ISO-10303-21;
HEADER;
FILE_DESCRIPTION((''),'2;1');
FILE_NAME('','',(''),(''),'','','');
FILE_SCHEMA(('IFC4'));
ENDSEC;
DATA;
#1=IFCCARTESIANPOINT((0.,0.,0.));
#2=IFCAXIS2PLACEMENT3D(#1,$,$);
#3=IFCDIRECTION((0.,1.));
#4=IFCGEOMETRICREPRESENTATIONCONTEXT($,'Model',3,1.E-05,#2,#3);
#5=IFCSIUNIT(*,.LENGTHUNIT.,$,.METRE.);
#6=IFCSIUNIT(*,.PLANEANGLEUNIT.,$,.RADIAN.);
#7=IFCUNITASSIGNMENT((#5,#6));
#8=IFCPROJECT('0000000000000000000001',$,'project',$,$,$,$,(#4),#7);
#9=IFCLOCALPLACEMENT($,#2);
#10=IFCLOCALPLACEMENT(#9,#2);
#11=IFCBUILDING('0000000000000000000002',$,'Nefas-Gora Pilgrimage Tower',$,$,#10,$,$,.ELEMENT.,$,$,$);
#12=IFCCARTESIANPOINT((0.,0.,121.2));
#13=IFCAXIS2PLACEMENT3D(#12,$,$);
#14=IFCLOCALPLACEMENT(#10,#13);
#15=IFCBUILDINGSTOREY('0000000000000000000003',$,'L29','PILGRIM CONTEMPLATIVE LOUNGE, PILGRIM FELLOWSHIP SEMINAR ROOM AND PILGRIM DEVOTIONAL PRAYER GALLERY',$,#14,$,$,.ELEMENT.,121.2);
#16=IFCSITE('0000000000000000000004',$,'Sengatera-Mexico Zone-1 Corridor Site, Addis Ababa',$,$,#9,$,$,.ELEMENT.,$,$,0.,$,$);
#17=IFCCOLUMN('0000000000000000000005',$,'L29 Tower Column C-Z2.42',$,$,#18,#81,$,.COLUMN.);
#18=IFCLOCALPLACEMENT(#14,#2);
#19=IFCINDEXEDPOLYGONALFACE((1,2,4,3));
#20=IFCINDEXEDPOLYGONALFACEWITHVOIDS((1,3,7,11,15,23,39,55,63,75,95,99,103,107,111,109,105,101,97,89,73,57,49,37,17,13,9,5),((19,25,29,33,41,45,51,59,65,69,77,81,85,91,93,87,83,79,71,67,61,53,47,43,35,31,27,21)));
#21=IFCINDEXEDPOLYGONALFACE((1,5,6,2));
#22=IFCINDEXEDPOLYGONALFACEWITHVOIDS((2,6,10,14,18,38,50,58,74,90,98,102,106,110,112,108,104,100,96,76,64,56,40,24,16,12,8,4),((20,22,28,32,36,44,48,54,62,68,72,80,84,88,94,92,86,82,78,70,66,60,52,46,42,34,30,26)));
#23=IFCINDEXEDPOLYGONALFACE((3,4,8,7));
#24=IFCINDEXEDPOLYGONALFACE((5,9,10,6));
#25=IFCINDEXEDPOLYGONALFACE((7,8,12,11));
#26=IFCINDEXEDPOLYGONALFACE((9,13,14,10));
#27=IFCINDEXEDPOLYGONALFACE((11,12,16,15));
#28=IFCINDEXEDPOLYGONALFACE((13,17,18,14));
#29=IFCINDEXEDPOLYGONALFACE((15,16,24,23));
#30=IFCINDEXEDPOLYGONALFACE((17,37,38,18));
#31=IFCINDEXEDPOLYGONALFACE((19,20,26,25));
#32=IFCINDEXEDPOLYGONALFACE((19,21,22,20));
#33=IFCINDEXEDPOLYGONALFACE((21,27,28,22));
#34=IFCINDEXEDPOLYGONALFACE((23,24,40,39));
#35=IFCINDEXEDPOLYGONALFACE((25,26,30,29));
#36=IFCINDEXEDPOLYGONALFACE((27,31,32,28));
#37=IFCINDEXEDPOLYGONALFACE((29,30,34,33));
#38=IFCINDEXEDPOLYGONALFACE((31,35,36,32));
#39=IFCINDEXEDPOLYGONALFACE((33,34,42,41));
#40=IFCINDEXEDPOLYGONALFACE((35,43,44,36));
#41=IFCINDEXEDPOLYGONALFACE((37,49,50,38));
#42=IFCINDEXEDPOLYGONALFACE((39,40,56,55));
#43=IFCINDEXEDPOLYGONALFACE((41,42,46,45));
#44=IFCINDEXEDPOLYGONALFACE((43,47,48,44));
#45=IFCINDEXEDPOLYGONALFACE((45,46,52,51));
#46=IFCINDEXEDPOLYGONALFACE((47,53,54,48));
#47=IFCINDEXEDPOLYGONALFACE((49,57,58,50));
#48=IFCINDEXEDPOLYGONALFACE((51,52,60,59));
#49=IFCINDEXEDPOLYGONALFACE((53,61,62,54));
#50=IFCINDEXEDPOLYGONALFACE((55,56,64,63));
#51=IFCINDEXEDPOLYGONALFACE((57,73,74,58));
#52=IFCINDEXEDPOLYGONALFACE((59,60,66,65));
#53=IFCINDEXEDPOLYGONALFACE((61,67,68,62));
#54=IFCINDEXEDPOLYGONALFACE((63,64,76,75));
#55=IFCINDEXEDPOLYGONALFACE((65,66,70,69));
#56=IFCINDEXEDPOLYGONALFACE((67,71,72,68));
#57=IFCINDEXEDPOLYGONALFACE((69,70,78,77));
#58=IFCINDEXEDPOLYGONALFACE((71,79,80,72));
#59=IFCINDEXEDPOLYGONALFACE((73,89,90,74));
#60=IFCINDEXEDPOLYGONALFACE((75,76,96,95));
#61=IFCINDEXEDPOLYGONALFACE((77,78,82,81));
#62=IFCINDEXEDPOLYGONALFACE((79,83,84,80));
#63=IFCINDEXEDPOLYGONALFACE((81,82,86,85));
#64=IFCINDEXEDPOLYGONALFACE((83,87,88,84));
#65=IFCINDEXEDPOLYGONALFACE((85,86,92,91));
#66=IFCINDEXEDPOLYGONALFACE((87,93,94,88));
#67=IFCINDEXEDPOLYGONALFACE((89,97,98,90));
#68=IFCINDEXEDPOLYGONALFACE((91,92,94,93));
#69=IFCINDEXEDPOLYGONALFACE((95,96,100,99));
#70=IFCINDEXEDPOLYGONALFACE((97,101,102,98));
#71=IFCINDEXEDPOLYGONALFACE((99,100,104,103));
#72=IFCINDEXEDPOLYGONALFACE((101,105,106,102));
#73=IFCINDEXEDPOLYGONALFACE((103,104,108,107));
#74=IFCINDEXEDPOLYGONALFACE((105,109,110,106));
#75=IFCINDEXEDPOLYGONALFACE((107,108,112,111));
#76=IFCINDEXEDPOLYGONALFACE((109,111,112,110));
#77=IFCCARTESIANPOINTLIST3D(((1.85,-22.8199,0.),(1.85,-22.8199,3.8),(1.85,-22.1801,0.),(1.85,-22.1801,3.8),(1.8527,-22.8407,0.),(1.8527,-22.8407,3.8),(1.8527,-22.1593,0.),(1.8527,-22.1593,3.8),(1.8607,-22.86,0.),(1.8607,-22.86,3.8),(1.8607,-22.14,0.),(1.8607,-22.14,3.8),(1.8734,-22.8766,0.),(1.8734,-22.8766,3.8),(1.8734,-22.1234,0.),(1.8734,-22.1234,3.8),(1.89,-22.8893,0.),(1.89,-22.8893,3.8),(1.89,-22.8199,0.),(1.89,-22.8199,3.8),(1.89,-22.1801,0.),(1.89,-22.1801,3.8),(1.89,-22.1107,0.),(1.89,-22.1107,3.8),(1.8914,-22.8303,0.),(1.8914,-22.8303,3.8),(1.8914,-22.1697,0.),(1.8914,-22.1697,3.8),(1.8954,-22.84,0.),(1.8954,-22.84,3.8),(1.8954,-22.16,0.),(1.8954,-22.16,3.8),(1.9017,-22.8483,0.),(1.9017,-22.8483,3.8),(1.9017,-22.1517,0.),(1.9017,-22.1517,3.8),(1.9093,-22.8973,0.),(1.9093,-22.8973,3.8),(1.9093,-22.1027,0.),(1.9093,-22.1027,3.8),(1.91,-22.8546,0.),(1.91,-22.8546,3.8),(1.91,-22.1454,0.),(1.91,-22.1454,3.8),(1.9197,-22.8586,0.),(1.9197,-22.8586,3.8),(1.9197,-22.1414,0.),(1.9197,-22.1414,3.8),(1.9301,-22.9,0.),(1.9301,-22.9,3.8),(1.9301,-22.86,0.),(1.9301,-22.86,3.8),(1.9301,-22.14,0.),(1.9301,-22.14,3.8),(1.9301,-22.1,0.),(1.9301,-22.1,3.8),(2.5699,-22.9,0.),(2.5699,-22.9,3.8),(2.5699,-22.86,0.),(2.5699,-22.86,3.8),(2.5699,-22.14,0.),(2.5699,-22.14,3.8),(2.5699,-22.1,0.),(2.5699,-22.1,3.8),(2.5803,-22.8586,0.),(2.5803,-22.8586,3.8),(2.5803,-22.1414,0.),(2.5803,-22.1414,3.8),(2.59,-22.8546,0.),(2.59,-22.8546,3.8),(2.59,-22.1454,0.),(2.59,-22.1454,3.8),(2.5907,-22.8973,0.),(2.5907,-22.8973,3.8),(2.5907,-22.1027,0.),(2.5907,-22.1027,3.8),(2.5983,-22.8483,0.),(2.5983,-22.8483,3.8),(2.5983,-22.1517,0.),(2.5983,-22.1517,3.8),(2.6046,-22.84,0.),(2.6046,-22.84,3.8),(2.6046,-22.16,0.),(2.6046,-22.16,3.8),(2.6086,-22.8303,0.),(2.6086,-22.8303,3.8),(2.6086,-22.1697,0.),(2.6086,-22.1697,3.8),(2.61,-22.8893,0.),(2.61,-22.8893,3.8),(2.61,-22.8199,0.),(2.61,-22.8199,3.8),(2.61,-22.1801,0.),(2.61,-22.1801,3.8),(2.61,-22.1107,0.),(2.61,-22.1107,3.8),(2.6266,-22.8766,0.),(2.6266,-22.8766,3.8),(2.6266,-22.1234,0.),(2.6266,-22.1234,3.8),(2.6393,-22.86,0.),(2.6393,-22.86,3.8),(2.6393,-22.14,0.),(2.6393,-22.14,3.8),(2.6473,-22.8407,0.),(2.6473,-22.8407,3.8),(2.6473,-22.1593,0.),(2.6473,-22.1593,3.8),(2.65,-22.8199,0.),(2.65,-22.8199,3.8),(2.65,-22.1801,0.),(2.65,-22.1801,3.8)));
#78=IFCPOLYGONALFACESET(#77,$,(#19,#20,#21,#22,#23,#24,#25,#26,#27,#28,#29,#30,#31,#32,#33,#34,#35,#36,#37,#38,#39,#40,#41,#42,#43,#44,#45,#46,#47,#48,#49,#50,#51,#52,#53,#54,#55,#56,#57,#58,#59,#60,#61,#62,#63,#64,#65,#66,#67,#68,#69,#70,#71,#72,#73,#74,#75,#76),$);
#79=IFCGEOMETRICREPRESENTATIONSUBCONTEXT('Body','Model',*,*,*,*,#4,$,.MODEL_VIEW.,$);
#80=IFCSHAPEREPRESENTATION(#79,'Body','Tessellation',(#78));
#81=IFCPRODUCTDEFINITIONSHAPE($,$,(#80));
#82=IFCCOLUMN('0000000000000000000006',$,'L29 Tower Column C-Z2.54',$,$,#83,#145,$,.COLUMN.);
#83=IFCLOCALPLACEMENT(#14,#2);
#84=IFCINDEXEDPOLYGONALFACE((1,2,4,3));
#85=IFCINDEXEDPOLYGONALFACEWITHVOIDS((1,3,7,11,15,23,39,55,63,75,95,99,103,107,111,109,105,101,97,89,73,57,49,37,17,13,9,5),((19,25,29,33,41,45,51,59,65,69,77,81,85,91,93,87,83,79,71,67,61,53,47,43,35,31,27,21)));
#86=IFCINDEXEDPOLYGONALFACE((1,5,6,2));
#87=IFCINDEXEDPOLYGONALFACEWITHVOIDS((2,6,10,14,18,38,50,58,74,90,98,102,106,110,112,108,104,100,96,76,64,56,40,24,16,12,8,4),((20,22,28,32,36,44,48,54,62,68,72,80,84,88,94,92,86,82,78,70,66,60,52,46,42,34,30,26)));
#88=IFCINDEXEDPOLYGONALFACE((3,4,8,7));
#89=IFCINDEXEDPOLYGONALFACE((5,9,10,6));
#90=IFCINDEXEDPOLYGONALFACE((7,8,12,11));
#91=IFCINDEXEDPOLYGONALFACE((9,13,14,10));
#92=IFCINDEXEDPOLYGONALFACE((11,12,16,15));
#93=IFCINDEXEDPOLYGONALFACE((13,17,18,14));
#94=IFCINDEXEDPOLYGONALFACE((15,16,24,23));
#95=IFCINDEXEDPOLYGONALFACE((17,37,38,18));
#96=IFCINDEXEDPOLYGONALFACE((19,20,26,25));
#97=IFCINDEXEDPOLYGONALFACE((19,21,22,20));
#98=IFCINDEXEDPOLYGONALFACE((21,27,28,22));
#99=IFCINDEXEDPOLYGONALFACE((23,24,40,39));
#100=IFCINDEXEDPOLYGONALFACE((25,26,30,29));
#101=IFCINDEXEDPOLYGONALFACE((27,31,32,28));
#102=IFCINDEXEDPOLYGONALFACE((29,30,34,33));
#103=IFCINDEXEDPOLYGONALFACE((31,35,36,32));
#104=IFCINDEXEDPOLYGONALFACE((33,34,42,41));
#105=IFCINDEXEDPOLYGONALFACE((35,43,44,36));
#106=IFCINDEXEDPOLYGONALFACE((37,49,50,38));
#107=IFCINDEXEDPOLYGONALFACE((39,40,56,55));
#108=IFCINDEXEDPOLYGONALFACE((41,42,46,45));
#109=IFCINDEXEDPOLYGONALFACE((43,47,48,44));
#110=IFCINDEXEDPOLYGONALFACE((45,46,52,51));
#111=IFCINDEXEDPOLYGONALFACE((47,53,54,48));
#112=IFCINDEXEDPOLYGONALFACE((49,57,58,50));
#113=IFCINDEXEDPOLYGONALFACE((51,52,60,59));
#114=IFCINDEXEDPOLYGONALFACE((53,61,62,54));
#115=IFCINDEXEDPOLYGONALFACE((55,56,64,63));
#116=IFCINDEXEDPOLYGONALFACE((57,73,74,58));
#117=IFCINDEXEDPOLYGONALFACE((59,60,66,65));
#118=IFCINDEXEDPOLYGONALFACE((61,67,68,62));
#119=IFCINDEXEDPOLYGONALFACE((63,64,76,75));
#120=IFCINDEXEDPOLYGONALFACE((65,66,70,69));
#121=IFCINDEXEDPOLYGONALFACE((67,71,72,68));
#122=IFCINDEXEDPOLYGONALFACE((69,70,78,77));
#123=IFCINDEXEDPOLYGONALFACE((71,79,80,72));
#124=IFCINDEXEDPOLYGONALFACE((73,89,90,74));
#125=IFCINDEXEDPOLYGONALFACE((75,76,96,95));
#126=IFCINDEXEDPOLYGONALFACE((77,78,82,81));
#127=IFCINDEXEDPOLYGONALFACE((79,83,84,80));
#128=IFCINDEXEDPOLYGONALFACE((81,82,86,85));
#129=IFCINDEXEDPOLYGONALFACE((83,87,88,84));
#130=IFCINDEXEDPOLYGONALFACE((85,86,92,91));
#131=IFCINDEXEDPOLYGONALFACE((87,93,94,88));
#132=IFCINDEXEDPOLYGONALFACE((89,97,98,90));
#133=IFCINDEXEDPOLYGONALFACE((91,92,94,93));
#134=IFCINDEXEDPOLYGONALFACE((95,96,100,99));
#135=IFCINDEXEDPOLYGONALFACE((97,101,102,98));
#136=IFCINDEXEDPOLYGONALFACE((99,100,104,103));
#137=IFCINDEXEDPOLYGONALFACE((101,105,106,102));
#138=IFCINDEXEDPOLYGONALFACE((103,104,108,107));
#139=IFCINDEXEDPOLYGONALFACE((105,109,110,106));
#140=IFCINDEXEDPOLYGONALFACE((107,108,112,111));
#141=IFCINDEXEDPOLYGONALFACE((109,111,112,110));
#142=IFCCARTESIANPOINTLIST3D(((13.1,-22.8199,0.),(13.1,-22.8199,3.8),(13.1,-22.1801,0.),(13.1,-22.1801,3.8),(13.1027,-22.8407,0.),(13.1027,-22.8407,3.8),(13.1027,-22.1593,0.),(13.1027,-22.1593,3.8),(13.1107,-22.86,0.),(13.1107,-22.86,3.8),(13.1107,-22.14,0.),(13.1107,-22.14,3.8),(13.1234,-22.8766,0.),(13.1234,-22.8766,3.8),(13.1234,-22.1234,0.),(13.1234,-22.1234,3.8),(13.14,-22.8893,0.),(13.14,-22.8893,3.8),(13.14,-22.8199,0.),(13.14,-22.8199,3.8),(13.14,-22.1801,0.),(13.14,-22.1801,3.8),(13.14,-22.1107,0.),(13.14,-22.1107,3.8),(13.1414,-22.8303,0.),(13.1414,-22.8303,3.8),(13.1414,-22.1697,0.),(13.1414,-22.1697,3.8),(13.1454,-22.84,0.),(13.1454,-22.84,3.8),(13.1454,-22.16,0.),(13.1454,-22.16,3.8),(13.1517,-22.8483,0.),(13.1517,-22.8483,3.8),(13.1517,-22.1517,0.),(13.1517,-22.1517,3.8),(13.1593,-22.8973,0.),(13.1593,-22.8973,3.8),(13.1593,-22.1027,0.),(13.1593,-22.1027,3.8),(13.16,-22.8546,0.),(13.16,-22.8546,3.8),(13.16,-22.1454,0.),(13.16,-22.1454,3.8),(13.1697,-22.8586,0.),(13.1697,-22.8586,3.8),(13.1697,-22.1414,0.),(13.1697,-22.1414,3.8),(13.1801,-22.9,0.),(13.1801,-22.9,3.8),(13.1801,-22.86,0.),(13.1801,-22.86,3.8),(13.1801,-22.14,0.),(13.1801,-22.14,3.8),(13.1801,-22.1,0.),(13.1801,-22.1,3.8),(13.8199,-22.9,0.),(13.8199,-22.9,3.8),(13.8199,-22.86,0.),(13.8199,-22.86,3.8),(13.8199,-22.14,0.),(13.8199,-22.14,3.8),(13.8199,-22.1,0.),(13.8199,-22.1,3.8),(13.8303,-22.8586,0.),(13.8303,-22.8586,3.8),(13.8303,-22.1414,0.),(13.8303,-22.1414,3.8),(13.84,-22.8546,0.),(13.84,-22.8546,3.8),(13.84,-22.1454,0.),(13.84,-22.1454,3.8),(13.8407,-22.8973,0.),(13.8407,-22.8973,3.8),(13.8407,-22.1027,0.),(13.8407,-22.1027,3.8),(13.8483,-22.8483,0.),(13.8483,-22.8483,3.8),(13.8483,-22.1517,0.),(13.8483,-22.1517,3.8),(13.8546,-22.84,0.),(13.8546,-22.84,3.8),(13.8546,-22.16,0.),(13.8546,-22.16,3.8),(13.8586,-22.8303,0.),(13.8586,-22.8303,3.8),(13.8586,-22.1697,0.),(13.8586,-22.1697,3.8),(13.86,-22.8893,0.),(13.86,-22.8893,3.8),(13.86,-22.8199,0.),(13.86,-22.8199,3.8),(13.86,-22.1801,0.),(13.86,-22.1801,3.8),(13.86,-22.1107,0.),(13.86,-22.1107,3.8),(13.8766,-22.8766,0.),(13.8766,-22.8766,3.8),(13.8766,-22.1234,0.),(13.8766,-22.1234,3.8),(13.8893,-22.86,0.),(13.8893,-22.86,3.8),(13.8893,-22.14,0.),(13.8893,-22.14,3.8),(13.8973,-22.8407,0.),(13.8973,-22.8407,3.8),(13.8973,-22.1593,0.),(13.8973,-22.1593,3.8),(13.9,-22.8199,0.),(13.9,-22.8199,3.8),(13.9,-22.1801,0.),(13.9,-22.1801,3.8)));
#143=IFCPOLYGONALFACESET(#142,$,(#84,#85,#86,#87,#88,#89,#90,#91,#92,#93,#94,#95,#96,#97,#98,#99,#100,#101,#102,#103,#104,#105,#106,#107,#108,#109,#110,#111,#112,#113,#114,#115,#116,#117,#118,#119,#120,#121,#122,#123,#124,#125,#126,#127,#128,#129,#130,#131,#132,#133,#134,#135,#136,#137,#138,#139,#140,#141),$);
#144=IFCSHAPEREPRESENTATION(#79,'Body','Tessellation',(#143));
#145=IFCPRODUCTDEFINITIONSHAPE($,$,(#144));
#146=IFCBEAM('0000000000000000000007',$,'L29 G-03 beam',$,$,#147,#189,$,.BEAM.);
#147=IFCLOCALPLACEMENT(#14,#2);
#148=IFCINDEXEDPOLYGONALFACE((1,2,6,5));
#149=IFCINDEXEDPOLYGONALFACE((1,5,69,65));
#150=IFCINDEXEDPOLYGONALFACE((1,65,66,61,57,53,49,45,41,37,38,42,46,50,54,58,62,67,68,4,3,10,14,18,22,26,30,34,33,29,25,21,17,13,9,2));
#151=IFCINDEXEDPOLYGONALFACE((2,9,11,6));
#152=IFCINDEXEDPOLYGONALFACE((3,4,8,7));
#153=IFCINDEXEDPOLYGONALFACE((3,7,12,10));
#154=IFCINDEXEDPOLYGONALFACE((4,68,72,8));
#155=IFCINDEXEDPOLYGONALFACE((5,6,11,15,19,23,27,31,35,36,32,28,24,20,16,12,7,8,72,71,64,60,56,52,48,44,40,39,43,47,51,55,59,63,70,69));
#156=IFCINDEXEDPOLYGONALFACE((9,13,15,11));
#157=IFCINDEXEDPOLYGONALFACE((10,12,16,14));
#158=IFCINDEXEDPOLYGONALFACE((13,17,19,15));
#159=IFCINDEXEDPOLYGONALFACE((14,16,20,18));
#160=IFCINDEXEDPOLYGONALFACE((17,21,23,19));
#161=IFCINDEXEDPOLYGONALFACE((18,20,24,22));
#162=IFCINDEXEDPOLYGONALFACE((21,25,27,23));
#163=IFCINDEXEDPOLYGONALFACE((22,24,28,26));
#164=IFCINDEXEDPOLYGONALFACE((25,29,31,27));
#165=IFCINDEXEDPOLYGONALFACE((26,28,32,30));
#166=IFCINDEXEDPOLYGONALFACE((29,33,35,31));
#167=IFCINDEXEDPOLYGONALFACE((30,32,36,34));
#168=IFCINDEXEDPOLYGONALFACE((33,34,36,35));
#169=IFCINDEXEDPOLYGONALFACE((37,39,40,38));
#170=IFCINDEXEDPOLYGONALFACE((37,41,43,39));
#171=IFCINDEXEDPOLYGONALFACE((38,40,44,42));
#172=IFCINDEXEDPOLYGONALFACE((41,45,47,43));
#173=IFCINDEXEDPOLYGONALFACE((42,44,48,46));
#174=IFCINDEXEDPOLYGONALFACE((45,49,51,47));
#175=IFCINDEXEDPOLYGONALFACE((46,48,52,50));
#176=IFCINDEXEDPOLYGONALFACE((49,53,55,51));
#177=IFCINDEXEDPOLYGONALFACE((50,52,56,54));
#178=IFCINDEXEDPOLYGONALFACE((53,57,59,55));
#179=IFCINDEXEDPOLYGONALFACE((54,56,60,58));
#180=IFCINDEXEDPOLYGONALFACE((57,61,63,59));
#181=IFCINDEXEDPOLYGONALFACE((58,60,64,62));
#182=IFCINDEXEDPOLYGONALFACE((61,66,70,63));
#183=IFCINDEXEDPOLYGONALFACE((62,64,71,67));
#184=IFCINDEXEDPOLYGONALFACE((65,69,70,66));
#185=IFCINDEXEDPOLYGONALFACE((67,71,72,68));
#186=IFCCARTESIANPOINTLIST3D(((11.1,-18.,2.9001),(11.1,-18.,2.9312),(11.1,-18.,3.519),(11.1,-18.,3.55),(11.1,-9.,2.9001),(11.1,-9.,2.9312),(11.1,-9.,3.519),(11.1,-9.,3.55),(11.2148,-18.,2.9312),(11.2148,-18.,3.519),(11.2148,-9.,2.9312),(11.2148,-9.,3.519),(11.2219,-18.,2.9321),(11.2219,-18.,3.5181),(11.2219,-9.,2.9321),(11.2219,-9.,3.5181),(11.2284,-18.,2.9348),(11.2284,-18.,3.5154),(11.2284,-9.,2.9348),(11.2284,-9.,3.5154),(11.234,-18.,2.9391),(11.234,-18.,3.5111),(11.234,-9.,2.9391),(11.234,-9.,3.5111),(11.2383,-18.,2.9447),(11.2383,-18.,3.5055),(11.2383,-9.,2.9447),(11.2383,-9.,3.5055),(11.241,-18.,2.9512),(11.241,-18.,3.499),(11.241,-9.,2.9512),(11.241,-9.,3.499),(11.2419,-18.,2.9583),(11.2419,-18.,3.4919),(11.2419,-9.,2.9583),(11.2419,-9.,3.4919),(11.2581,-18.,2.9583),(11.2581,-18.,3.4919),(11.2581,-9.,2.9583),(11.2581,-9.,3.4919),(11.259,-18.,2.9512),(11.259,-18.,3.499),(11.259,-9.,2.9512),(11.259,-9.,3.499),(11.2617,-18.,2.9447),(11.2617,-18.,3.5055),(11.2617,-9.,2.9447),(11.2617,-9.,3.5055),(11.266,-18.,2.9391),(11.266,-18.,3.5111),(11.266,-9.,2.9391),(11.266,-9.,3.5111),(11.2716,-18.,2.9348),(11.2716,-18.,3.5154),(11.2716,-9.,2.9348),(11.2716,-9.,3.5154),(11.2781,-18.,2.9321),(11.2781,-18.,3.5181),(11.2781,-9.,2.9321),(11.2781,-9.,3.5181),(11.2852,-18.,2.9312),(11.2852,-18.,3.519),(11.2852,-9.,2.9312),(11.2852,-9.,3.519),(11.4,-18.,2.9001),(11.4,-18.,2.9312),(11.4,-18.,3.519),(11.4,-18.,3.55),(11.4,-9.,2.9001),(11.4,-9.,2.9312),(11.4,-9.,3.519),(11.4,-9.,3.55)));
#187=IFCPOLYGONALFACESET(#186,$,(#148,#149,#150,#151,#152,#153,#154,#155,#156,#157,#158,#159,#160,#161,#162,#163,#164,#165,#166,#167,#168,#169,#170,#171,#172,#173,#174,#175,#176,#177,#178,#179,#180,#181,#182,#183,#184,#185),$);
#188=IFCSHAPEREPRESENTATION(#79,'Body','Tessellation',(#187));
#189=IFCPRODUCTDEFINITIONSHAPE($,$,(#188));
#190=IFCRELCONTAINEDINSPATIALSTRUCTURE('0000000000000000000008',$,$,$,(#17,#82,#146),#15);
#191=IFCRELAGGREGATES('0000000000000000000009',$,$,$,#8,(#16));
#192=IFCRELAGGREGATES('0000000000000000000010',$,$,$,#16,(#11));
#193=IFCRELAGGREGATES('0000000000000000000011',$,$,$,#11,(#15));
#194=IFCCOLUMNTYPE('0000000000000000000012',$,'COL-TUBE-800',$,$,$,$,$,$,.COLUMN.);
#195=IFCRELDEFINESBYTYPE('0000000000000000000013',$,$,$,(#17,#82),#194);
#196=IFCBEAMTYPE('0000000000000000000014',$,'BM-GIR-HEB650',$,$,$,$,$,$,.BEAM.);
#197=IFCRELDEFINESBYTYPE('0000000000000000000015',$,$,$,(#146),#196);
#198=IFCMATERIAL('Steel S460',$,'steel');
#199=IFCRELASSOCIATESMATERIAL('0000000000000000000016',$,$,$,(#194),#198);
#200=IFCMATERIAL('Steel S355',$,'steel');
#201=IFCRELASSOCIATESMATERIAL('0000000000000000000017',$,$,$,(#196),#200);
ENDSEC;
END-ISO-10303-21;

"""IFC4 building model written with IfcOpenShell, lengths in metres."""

from ifc_helpers import new_model, si_unit, direction, frame, origin, origin_2d, place, context, subcontext, project, spatial, hollow_rectangle, i_section, extrude, source, transform, mapped, material, material_profile, profile_set, type_object, element, save


model = new_model("IFC4")

# Units and contexts
model_context = context("Model", 3, precision=1e-05, world=origin(), true_north=direction((0.0, 1.0)))
body_context = subcontext(model_context, "Body", "Model", "MODEL_VIEW")
ifc_project = project(units=[si_unit("LENGTHUNIT", "METRE"), si_unit("PLANEANGLEUNIT", "RADIAN")], contexts=[model_context])

# Site, building, storey
site_placement = place(None, origin())
site = spatial("IfcSite", under=ifc_project, at=site_placement, Name="Sengatera-Mexico Zone-1 Corridor Site, Addis Ababa", CompositionType="ELEMENT", RefElevation=0.0)
building_placement = place(site_placement, origin())
building = spatial("IfcBuilding", under=site, at=building_placement, Name="Nefas-Gora Pilgrimage Tower", CompositionType="ELEMENT")
storey_placement = place(building_placement, frame((0.0, 0.0, 121.2)))
storey = spatial("IfcBuildingStorey", under=building, at=storey_placement, Name="L29", Description="PILGRIM CONTEMPLATIVE LOUNGE, PILGRIM FELLOWSHIP SEMINAR ROOM AND PILGRIM DEVOTIONAL PRAYER GALLERY", CompositionType="ELEMENT", Elevation=121.2)

# Columns
ifc_material_1 = material(Name="Steel S460", Category="steel")
ifc_material_profile_1 = material_profile(ifc_material_1, hollow_rectangle(XDim=0.8, YDim=0.8, WallThickness=0.04, InnerFilletRadius=0.04, OuterFilletRadius=0.0801, at=origin_2d()), Name="BOX 800x800x40")
ifc_profile_set_1 = profile_set([ifc_material_profile_1], Name="Steel S460")
column_type_1 = type_object("IfcColumnType", Name="COL-TUBE-800", PredefinedType="COLUMN", material=ifc_profile_set_1)
shared_shape_1 = source(origin(), body_context, "Body", "SweptSolid", [
    extrude(hollow_rectangle(XDim=0.8, YDim=0.8, WallThickness=0.04, InnerFilletRadius=0.04, OuterFilletRadius=0.0801, at=origin_2d()), origin(), (0.0, 0.0, 1.0), 3.8),
])
for number, where, z_axis, x_axis, name in (
    (1, (2.25, -22.5, 0.0), (0.0, 0.0, 1.0), (1.0, 0.0, 0.0), "L29 Tower Column C-Z2.42"),
    (2, (13.5, -22.5, 0.0), (0.0, 0.0, 1.0), (1.0, 0.0, 0.0), "L29 Tower Column C-Z2.54"),
):
    element("IfcColumn", number, at=place(storey_placement, frame(where, z_axis=z_axis, x_axis=x_axis)), inside=storey, type_object=column_type_1, Name=name, PredefinedType="COLUMN", context=body_context, shape_type="MappedRepresentation", body=[
        mapped(shared_shape_1, transform((0.0, 0.0, 0.0), x_axis=(1.0, 0.0, 0.0), y_axis=(0.0, 1.0, 0.0), z_axis=(0.0, 0.0, 1.0), scale=1.0)),
    ])

# Beam
ifc_material_2 = material(Name="Steel S355", Category="steel")
ifc_material_profile_2 = material_profile(ifc_material_2, i_section(OverallWidth=0.3, OverallDepth=0.6499, WebThickness=0.0161, FlangeThickness=0.031, FilletRadius=0.0271, at=origin_2d()), Name="HEB 650")
ifc_profile_set_2 = profile_set([ifc_material_profile_2], Name="Steel S355")
beam_type_1 = type_object("IfcBeamType", Name="BM-GIR-HEB650", PredefinedType="BEAM", material=ifc_profile_set_2)
shared_shape_2 = source(origin(), body_context, "Body", "SweptSolid", [
    extrude(i_section(OverallWidth=0.3, OverallDepth=0.6499, WebThickness=0.0161, FlangeThickness=0.031, FilletRadius=0.0271, at=origin_2d()), origin(), (0.0, 0.0, 1.0), 9.0),
])
beam_1_placement = place(storey_placement, frame((11.25, -18.0, 3.2251), z_axis=(0.0, 1.0, 0.0), x_axis=(-1.0, 0.0, 0.0)))
element("IfcBeam", 3, at=beam_1_placement, inside=storey, type_object=beam_type_1, Name="L29 G-03 beam", PredefinedType="BEAM", context=body_context, shape_type="MappedRepresentation", body=[
    mapped(shared_shape_2, transform((0.0, 0.0, 0.0), x_axis=(1.0, 0.0, 0.0), y_axis=(0.0, 1.0, 0.0), z_axis=(0.0, 0.0, 1.0), scale=1.0)),
])

save(model, "model.ifc")
